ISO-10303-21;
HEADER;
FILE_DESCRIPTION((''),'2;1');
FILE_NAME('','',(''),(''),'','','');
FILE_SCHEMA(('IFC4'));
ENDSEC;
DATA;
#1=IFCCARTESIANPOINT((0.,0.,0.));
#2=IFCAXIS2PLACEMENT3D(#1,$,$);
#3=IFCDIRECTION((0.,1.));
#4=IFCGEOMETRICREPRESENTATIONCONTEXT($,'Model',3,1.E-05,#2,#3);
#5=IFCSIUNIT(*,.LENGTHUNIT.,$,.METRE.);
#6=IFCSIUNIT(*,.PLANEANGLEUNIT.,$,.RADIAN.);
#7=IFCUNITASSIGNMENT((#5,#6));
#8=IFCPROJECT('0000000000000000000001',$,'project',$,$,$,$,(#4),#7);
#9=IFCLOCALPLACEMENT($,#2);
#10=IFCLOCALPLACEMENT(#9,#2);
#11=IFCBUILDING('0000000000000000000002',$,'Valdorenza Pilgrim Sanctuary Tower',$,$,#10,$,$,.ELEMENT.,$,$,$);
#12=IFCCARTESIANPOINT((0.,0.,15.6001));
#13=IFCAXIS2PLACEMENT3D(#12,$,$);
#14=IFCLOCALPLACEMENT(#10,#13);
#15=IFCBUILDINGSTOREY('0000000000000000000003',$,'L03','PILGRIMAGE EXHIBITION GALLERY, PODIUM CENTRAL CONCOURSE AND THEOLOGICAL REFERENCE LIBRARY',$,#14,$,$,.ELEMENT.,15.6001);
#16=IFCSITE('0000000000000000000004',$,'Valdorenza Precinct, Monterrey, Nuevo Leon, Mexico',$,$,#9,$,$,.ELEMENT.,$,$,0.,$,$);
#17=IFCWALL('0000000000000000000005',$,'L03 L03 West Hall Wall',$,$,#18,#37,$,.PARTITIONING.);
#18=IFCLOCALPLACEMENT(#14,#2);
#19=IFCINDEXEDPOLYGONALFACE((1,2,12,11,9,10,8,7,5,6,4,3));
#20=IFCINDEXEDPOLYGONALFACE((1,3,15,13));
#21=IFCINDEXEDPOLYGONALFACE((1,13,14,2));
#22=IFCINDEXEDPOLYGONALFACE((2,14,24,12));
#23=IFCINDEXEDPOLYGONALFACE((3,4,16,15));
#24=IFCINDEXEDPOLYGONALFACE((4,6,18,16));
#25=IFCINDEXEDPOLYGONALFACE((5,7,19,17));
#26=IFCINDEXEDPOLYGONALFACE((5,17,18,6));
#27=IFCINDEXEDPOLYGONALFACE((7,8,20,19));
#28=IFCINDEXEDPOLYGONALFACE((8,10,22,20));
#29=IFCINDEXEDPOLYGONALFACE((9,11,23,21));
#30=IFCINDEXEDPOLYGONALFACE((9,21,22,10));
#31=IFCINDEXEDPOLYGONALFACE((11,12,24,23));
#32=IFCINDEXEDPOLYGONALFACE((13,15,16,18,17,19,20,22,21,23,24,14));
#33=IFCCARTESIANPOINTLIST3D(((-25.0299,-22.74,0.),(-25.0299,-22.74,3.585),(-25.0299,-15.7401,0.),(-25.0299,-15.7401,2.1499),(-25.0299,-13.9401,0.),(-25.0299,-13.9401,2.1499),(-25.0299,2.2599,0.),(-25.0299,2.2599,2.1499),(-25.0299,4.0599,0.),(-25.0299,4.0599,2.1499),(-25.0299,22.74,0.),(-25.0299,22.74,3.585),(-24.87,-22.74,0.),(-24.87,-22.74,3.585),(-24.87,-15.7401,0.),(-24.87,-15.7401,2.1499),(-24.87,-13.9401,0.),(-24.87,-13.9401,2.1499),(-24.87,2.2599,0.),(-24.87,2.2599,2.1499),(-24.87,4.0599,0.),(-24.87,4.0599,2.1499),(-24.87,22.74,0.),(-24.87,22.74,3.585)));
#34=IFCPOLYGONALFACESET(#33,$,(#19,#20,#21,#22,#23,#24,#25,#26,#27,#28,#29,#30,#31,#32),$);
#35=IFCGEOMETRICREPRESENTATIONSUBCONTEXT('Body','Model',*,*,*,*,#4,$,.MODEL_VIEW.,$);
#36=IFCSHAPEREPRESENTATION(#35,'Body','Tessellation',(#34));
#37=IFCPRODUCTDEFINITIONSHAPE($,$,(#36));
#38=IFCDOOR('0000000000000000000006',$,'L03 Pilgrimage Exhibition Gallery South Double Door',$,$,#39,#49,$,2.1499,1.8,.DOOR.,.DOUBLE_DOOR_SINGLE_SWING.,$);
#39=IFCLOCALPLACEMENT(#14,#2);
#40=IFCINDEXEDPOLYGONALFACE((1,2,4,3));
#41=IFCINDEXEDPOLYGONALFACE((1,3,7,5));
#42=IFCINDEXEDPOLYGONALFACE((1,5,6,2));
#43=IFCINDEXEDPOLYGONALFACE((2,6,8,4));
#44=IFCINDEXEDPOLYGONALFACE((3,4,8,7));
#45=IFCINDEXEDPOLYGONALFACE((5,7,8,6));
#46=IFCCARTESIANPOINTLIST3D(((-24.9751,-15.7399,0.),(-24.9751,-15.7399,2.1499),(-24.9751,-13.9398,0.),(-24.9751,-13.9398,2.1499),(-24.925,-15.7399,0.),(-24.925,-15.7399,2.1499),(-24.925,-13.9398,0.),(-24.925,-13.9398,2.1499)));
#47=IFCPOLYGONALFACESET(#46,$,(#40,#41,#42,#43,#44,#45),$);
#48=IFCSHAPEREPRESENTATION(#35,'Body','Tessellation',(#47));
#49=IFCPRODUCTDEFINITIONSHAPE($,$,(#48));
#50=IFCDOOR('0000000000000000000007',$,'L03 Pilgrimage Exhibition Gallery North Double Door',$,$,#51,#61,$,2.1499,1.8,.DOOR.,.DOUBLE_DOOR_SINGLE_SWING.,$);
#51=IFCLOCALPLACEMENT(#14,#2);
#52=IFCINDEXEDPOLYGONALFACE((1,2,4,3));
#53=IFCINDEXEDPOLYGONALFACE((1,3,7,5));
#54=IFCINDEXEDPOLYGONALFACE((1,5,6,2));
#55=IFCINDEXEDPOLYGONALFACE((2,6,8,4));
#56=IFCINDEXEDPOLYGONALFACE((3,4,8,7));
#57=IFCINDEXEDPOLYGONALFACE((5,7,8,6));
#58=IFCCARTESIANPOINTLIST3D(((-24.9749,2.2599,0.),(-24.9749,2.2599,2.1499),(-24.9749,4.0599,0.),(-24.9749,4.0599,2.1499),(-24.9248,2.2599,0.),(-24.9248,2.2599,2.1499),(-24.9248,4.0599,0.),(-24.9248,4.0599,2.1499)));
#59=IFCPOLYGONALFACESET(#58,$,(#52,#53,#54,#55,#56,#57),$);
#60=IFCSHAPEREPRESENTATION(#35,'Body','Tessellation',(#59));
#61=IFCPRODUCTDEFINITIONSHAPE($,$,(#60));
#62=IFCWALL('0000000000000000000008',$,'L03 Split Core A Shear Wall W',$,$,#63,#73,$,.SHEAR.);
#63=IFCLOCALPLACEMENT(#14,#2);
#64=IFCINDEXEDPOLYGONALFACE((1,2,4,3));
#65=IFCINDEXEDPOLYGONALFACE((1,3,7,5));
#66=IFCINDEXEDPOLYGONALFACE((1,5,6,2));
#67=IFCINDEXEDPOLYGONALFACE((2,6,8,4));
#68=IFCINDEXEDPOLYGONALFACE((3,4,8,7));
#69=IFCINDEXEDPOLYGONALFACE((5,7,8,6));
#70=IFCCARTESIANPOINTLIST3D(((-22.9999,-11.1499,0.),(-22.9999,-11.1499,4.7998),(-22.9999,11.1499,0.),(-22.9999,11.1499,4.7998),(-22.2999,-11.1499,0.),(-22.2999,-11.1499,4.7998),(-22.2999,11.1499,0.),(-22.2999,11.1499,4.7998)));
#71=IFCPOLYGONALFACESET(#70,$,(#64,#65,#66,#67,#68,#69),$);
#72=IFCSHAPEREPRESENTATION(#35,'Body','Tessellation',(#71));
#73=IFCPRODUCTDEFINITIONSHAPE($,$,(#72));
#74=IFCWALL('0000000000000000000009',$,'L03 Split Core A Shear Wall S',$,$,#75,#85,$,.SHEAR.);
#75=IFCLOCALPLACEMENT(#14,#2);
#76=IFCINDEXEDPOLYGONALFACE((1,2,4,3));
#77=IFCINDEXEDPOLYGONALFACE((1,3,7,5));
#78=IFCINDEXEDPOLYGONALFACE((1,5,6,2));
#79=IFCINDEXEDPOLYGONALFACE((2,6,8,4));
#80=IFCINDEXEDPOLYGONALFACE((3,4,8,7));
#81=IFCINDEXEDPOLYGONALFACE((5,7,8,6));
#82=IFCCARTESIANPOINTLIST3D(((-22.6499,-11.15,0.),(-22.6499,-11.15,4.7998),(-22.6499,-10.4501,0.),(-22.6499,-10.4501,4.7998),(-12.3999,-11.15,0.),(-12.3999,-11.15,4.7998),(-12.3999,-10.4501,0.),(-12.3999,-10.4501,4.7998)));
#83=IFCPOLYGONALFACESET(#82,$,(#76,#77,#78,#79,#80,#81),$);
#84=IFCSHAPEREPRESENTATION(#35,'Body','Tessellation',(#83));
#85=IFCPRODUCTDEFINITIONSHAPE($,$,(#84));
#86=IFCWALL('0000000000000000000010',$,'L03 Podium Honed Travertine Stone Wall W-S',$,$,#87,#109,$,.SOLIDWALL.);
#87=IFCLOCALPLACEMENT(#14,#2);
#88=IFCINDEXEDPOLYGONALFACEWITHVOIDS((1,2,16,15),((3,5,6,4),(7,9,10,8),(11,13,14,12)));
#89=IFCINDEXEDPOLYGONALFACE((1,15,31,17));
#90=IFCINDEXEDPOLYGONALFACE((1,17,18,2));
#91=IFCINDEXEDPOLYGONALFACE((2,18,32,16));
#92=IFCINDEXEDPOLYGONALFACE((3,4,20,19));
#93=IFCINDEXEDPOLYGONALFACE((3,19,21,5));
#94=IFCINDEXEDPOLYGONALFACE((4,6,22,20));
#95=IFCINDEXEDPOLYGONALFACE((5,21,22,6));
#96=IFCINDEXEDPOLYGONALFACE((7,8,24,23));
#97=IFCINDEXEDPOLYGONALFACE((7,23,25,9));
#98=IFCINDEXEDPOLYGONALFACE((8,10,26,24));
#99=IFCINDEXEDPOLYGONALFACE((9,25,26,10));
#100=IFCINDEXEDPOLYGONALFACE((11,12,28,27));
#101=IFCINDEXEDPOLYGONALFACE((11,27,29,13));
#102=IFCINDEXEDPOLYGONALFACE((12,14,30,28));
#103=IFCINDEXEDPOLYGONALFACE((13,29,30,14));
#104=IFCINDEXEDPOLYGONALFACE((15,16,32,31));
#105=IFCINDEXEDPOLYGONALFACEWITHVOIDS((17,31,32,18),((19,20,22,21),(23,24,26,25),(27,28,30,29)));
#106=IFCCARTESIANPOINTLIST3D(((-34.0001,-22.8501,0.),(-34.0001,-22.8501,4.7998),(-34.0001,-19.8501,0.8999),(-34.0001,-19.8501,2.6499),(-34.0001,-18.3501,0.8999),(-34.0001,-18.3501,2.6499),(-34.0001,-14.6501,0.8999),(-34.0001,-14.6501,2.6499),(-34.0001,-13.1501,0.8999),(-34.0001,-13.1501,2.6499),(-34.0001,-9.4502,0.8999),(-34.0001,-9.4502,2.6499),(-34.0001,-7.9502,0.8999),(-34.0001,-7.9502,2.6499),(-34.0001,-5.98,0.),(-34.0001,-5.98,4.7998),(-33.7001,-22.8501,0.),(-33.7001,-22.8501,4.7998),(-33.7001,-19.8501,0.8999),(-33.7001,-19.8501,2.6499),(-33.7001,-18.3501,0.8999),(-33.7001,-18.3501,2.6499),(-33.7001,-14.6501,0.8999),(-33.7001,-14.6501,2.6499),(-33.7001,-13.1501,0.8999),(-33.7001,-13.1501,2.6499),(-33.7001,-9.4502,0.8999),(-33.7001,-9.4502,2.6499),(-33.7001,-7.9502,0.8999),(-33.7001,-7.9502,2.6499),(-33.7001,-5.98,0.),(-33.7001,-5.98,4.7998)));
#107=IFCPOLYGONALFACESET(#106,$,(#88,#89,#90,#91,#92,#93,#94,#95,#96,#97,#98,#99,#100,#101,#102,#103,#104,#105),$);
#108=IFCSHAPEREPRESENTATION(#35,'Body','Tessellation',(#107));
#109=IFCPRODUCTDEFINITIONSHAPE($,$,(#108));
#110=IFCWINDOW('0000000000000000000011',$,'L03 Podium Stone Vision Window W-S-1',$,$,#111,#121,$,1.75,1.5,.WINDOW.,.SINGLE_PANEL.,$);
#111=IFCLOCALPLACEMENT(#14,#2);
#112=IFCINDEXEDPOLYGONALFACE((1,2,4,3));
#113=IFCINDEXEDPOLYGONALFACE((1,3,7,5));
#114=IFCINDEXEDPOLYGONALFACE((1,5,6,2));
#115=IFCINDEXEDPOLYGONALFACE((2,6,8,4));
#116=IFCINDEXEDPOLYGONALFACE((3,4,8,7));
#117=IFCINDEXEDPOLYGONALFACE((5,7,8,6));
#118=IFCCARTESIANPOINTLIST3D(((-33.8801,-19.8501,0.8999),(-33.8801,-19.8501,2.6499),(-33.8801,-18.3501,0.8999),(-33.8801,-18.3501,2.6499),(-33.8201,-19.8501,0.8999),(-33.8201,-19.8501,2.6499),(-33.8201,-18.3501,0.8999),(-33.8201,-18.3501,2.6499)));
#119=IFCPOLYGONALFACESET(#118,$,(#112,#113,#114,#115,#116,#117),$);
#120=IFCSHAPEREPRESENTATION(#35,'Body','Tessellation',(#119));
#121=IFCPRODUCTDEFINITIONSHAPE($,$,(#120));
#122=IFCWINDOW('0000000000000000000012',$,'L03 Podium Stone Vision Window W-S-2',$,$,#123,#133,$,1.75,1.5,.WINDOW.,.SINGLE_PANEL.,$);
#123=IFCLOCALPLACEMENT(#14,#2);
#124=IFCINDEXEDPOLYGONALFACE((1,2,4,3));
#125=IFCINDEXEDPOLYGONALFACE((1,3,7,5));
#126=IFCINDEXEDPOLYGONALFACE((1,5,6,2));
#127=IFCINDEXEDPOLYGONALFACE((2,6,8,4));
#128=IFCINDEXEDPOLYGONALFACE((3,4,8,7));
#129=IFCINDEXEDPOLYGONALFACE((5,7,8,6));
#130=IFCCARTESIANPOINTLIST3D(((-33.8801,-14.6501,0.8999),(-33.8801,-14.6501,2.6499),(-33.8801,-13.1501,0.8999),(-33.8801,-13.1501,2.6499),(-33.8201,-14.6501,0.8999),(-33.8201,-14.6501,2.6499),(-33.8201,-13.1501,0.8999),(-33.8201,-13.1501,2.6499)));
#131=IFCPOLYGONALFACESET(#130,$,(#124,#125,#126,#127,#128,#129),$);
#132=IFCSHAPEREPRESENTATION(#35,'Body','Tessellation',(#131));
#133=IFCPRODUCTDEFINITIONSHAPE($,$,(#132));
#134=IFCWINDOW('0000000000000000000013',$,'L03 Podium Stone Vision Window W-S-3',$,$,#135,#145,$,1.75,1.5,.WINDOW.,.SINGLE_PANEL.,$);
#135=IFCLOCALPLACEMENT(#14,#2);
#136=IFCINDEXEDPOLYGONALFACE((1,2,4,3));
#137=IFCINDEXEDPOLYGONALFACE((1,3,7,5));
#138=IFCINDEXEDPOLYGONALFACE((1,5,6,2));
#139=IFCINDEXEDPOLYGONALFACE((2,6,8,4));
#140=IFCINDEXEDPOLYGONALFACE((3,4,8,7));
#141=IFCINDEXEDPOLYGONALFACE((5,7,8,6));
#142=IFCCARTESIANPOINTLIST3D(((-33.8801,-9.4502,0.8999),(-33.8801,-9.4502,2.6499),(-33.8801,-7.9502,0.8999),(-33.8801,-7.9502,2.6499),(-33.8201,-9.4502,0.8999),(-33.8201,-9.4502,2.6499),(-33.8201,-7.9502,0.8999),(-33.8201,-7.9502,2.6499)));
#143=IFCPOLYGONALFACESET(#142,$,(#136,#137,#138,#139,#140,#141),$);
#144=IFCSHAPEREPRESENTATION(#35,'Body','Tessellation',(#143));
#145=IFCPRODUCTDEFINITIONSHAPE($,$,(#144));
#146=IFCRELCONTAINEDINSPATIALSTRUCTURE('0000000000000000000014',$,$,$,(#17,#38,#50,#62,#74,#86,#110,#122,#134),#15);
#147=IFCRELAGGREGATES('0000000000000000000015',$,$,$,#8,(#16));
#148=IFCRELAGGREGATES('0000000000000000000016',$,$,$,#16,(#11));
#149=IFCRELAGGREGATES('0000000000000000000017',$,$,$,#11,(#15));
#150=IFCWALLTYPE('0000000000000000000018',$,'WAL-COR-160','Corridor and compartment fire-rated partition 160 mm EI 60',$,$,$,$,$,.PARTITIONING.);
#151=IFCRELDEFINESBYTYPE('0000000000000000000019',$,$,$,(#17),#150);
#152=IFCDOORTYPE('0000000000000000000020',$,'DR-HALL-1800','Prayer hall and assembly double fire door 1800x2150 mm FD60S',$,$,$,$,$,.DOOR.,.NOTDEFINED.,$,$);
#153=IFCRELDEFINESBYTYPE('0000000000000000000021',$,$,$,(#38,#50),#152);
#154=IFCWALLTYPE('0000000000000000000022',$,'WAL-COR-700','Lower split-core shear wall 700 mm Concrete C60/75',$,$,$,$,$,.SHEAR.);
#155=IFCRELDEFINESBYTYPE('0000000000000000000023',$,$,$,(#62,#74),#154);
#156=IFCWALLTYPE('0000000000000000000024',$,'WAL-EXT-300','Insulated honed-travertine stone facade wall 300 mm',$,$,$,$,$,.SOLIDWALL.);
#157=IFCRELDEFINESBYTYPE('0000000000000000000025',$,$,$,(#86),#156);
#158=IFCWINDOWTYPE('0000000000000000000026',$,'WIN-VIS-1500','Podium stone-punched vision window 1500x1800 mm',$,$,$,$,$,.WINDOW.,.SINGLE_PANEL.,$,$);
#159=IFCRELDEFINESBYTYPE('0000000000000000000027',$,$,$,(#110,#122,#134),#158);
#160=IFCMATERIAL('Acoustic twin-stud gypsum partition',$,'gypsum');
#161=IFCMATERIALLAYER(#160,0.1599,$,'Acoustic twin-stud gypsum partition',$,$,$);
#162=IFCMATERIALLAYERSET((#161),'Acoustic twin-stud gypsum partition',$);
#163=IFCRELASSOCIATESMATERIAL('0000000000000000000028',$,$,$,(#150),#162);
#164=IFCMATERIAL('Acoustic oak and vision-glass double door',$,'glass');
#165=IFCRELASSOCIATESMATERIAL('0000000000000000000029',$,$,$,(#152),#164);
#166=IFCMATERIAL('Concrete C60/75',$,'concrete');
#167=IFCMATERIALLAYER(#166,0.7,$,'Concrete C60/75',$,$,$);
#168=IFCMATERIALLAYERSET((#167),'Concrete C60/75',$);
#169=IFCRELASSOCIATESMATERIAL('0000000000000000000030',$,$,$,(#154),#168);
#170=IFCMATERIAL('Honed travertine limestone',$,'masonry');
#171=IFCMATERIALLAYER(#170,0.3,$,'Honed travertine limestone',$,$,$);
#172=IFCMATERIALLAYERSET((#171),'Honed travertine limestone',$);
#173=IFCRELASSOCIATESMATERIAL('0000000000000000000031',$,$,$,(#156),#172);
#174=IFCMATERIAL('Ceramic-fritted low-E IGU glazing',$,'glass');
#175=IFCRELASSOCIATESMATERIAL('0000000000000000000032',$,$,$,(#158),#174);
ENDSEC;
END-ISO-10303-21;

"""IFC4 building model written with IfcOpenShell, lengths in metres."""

from ifc_helpers import new_model, si_unit, direction, frame, frame_2d, origin, place, context, subcontext, project, spatial, rectangle, extrude, material, layer, layer_set, type_object, element, fill, save


model = new_model("IFC4")

# Units and contexts
model_context = context("Model", 3, precision=1e-05, world=origin(), true_north=direction((0.0, 1.0)))
body_context = subcontext(model_context, "Body", "Model", "MODEL_VIEW")
ifc_project = project(units=[si_unit("LENGTHUNIT", "METRE"), si_unit("PLANEANGLEUNIT", "RADIAN")], contexts=[model_context])

# Site, building, storey
site_placement = place(None, origin())
site = spatial("IfcSite", under=ifc_project, at=site_placement, Name="Valdorenza Precinct, Monterrey, Nuevo Leon, Mexico", CompositionType="ELEMENT", RefElevation=0.0)
building_placement = place(site_placement, origin())
building = spatial("IfcBuilding", under=site, at=building_placement, Name="Valdorenza Pilgrim Sanctuary Tower", CompositionType="ELEMENT")
storey_placement = place(building_placement, frame((0.0, 0.0, 15.6001)))
storey = spatial("IfcBuildingStorey", under=building, at=storey_placement, Name="L03", Description="PILGRIMAGE EXHIBITION GALLERY, PODIUM CENTRAL CONCOURSE AND THEOLOGICAL REFERENCE LIBRARY", CompositionType="ELEMENT", Elevation=15.6001)

# Shared definitions
ifc_material_1 = material(Name="Concrete C60/75", Category="concrete")

# Wall, openings, doors
ifc_material_2 = material(Name="Acoustic twin-stud gypsum partition", Category="gypsum")
ifc_layer_1 = layer(ifc_material_2, 0.1599, Name="Acoustic twin-stud gypsum partition")
ifc_layer_set_1 = layer_set([ifc_layer_1], Name="Acoustic twin-stud gypsum partition")
wall_type_1 = type_object("IfcWallType", Name="WAL-COR-160", Description="Corridor and compartment fire-rated partition 160 mm EI 60", PredefinedType="PARTITIONING", material=ifc_layer_set_1)
wall_1_placement = place(storey_placement, frame((-24.95, -22.74, 0.0), z_axis=(0.0, 0.0, 1.0), x_axis=(0.0, 1.0, 0.0)))
wall_1 = element("IfcWall", 1, at=wall_1_placement, inside=storey, type_object=wall_type_1, Name="L03 L03 West Hall Wall", PredefinedType="PARTITIONING", context=body_context, shape_type="SweptSolid", body=[
    extrude(rectangle(XDim=45.48, YDim=0.1599, at=frame_2d((22.74, 0.0))), origin(), (0.0, 0.0, 1.0), 3.585),
])
opening_1_placement = place(wall_1_placement, frame((7.0, 0.0, 0.0)))
opening_1 = element("IfcOpeningElement", 2, at=opening_1_placement, cuts=wall_1, PredefinedType="OPENING", context=body_context, shape_type="SweptSolid", body=[
    extrude(rectangle(XDim=1.8, YDim=2.1499, at=frame_2d((0.8999, 1.075))), frame((0.0, 0.0947, 0.0), z_axis=(0.0, -1.0, 0.0), x_axis=(1.0, 0.0, 0.0)), (0.0, 0.0, 1.0), 0.1897),
])
opening_2_placement = place(wall_1_placement, frame((25.0, 0.0, 0.0)))
opening_2 = element("IfcOpeningElement", 3, at=opening_2_placement, cuts=wall_1, PredefinedType="OPENING", context=body_context, shape_type="SweptSolid", body=[
    extrude(rectangle(XDim=1.8, YDim=2.1499, at=frame_2d((0.8999, 1.075))), frame((0.0, 0.0947, 0.0), z_axis=(0.0, -1.0, 0.0), x_axis=(1.0, 0.0, 0.0)), (0.0, 0.0, 1.0), 0.1897),
])
ifc_material_3 = material(Name="Acoustic oak and vision-glass double door", Category="glass")
door_type = type_object("IfcDoorType", Name="DR-HALL-1800", Description="Prayer hall and assembly double fire door 1800x2150 mm FD60S", OperationType="NOTDEFINED", PredefinedType="DOOR", material=ifc_material_3)
door_1_placement = place(opening_1_placement, frame((1.8, 0.0, 0.0), z_axis=(0.0, 0.0, 1.0), x_axis=(-1.0, 0.0, 0.0)))
door_1 = element("IfcDoor", 4, at=door_1_placement, inside=storey, type_object=door_type, Name="L03 Pilgrimage Exhibition Gallery South Double Door", OperationType="DOUBLE_DOOR_SINGLE_SWING", OverallHeight=2.1499, OverallWidth=1.8, PredefinedType="DOOR", context=body_context, shape_type="SweptSolid", body=[
    extrude(rectangle(XDim=1.8, YDim=2.1499, at=frame_2d((0.8999, 1.075))), frame((0.0, 0.0249, 0.0), z_axis=(0.0, -1.0, 0.0), x_axis=(1.0, 0.0, 0.0)), (0.0, 0.0, 1.0), 0.05),
])
fill(opening_1, door_1)
door_2_placement = place(opening_2_placement, origin())
door_2 = element("IfcDoor", 5, at=door_2_placement, inside=storey, type_object=door_type, Name="L03 Pilgrimage Exhibition Gallery North Double Door", OperationType="DOUBLE_DOOR_SINGLE_SWING", OverallHeight=2.1499, OverallWidth=1.8, PredefinedType="DOOR", context=body_context, shape_type="SweptSolid", body=[
    extrude(rectangle(XDim=1.8, YDim=2.1499, at=frame_2d((0.8999, 1.075))), frame((0.0, 0.0249, 0.0), z_axis=(0.0, -1.0, 0.0), x_axis=(1.0, 0.0, 0.0)), (0.0, 0.0, 1.0), 0.05),
])
fill(opening_2, door_2)

# Walls
ifc_layer_2 = layer(ifc_material_1, 0.7, Name="Concrete C60/75")
ifc_layer_set_2 = layer_set([ifc_layer_2], Name="Concrete C60/75")
wall_type_2 = type_object("IfcWallType", Name="WAL-COR-700", Description="Lower split-core shear wall 700 mm Concrete C60/75", PredefinedType="SHEAR", material=ifc_layer_set_2)
wall_2_placement = place(storey_placement, frame((-22.6499, -11.1499, 0.0), z_axis=(0.0, 0.0, 1.0), x_axis=(0.0, 1.0, 0.0)))
element("IfcWall", 6, at=wall_2_placement, inside=storey, type_object=wall_type_2, Name="L03 Split Core A Shear Wall W", PredefinedType="SHEAR", context=body_context, shape_type="SweptSolid", body=[
    extrude(rectangle(XDim=22.2998, YDim=0.7, at=frame_2d((11.1499, 0.0))), origin(), (0.0, 0.0, 1.0), 4.7998),
])
wall_3_placement = place(storey_placement, frame((-22.6499, -10.8, 0.0), z_axis=(0.0, 0.0, 1.0), x_axis=(1.0, 0.0, 0.0)))
element("IfcWall", 7, at=wall_3_placement, inside=storey, type_object=wall_type_2, Name="L03 Split Core A Shear Wall S", PredefinedType="SHEAR", context=body_context, shape_type="SweptSolid", body=[
    extrude(rectangle(XDim=10.25, YDim=0.7, at=frame_2d((5.125, 0.0))), origin(), (0.0, 0.0, 1.0), 4.7998),
])

# Wall, openings, windows
ifc_material_4 = material(Name="Honed travertine limestone", Category="masonry")
ifc_layer_3 = layer(ifc_material_4, 0.3, Name="Honed travertine limestone")
ifc_layer_set_3 = layer_set([ifc_layer_3], Name="Honed travertine limestone")
wall_type_3 = type_object("IfcWallType", Name="WAL-EXT-300", Description="Insulated honed-travertine stone facade wall 300 mm", PredefinedType="SOLIDWALL", material=ifc_layer_set_3)
wall_4_placement = place(storey_placement, frame((-33.8501, -22.8501, 0.0), z_axis=(0.0, 0.0, 1.0), x_axis=(0.0, 1.0, 0.0)))
wall_4 = element("IfcWall", 8, at=wall_4_placement, inside=storey, type_object=wall_type_3, Name="L03 Podium Honed Travertine Stone Wall W-S", PredefinedType="SOLIDWALL", context=body_context, shape_type="SweptSolid", body=[
    extrude(rectangle(XDim=16.8701, YDim=0.3, at=frame_2d((8.4351, 0.0))), origin(), (0.0, 0.0, 1.0), 4.7998),
])
opening_3_placement = place(wall_4_placement, frame((3.0, 0.0, 0.8999)))
opening_3 = element("IfcOpeningElement", 9, at=opening_3_placement, cuts=wall_4, PredefinedType="OPENING", context=body_context, shape_type="SweptSolid", body=[
    extrude(rectangle(XDim=1.5, YDim=1.75, at=frame_2d((0.75, 0.875))), frame((0.0, 0.165, 0.0), z_axis=(0.0, -1.0, 0.0), x_axis=(1.0, 0.0, 0.0)), (0.0, 0.0, 1.0), 0.3298),
])
opening_4_placement = place(wall_4_placement, frame((8.2, 0.0, 0.8999)))
opening_4 = element("IfcOpeningElement", 10, at=opening_4_placement, cuts=wall_4, PredefinedType="OPENING", context=body_context, shape_type="SweptSolid", body=[
    extrude(rectangle(XDim=1.5, YDim=1.75, at=frame_2d((0.75, 0.875))), frame((0.0, 0.165, 0.0), z_axis=(0.0, -1.0, 0.0), x_axis=(1.0, 0.0, 0.0)), (0.0, 0.0, 1.0), 0.3298),
])
opening_5_placement = place(wall_4_placement, frame((13.3999, 0.0, 0.8999)))
opening_5 = element("IfcOpeningElement", 11, at=opening_5_placement, cuts=wall_4, PredefinedType="OPENING", context=body_context, shape_type="SweptSolid", body=[
    extrude(rectangle(XDim=1.5, YDim=1.75, at=frame_2d((0.75, 0.875))), frame((0.0, 0.165, 0.0), z_axis=(0.0, -1.0, 0.0), x_axis=(1.0, 0.0, 0.0)), (0.0, 0.0, 1.0), 0.3298),
])
ifc_material_5 = material(Name="Ceramic-fritted low-E IGU glazing", Category="glass")
window_type = type_object("IfcWindowType", Name="WIN-VIS-1500", Description="Podium stone-punched vision window 1500x1800 mm", PartitioningType="SINGLE_PANEL", PredefinedType="WINDOW", material=ifc_material_5)
window_1_placement = place(opening_3_placement, origin())
window_1 = element("IfcWindow", 12, at=window_1_placement, inside=storey, type_object=window_type, Name="L03 Podium Stone Vision Window W-S-1", OverallHeight=1.75, OverallWidth=1.5, PartitioningType="SINGLE_PANEL", PredefinedType="WINDOW", context=body_context, shape_type="SweptSolid", body=[
    extrude(rectangle(XDim=1.5, YDim=1.75, at=frame_2d((0.75, 0.875))), frame((0.0, 0.03, 0.0), z_axis=(0.0, -1.0, 0.0), x_axis=(1.0, 0.0, 0.0)), (0.0, 0.0, 1.0), 0.0601),
])
fill(opening_3, window_1)
window_2_placement = place(opening_4_placement, origin())
window_2 = element("IfcWindow", 13, at=window_2_placement, inside=storey, type_object=window_type, Name="L03 Podium Stone Vision Window W-S-2", OverallHeight=1.75, OverallWidth=1.5, PartitioningType="SINGLE_PANEL", PredefinedType="WINDOW", context=body_context, shape_type="SweptSolid", body=[
    extrude(rectangle(XDim=1.5, YDim=1.75, at=frame_2d((0.75, 0.875))), frame((0.0, 0.03, 0.0), z_axis=(0.0, -1.0, 0.0), x_axis=(1.0, 0.0, 0.0)), (0.0, 0.0, 1.0), 0.0601),
])
fill(opening_4, window_2)
window_3_placement = place(opening_5_placement, origin())
window_3 = element("IfcWindow", 14, at=window_3_placement, inside=storey, type_object=window_type, Name="L03 Podium Stone Vision Window W-S-3", OverallHeight=1.75, OverallWidth=1.5, PartitioningType="SINGLE_PANEL", PredefinedType="WINDOW", context=body_context, shape_type="SweptSolid", body=[
    extrude(rectangle(XDim=1.5, YDim=1.75, at=frame_2d((0.75, 0.875))), frame((0.0, 0.03, 0.0), z_axis=(0.0, -1.0, 0.0), x_axis=(1.0, 0.0, 0.0)), (0.0, 0.0, 1.0), 0.0601),
])
fill(opening_5, window_3)

save(model, "model.ifc")
